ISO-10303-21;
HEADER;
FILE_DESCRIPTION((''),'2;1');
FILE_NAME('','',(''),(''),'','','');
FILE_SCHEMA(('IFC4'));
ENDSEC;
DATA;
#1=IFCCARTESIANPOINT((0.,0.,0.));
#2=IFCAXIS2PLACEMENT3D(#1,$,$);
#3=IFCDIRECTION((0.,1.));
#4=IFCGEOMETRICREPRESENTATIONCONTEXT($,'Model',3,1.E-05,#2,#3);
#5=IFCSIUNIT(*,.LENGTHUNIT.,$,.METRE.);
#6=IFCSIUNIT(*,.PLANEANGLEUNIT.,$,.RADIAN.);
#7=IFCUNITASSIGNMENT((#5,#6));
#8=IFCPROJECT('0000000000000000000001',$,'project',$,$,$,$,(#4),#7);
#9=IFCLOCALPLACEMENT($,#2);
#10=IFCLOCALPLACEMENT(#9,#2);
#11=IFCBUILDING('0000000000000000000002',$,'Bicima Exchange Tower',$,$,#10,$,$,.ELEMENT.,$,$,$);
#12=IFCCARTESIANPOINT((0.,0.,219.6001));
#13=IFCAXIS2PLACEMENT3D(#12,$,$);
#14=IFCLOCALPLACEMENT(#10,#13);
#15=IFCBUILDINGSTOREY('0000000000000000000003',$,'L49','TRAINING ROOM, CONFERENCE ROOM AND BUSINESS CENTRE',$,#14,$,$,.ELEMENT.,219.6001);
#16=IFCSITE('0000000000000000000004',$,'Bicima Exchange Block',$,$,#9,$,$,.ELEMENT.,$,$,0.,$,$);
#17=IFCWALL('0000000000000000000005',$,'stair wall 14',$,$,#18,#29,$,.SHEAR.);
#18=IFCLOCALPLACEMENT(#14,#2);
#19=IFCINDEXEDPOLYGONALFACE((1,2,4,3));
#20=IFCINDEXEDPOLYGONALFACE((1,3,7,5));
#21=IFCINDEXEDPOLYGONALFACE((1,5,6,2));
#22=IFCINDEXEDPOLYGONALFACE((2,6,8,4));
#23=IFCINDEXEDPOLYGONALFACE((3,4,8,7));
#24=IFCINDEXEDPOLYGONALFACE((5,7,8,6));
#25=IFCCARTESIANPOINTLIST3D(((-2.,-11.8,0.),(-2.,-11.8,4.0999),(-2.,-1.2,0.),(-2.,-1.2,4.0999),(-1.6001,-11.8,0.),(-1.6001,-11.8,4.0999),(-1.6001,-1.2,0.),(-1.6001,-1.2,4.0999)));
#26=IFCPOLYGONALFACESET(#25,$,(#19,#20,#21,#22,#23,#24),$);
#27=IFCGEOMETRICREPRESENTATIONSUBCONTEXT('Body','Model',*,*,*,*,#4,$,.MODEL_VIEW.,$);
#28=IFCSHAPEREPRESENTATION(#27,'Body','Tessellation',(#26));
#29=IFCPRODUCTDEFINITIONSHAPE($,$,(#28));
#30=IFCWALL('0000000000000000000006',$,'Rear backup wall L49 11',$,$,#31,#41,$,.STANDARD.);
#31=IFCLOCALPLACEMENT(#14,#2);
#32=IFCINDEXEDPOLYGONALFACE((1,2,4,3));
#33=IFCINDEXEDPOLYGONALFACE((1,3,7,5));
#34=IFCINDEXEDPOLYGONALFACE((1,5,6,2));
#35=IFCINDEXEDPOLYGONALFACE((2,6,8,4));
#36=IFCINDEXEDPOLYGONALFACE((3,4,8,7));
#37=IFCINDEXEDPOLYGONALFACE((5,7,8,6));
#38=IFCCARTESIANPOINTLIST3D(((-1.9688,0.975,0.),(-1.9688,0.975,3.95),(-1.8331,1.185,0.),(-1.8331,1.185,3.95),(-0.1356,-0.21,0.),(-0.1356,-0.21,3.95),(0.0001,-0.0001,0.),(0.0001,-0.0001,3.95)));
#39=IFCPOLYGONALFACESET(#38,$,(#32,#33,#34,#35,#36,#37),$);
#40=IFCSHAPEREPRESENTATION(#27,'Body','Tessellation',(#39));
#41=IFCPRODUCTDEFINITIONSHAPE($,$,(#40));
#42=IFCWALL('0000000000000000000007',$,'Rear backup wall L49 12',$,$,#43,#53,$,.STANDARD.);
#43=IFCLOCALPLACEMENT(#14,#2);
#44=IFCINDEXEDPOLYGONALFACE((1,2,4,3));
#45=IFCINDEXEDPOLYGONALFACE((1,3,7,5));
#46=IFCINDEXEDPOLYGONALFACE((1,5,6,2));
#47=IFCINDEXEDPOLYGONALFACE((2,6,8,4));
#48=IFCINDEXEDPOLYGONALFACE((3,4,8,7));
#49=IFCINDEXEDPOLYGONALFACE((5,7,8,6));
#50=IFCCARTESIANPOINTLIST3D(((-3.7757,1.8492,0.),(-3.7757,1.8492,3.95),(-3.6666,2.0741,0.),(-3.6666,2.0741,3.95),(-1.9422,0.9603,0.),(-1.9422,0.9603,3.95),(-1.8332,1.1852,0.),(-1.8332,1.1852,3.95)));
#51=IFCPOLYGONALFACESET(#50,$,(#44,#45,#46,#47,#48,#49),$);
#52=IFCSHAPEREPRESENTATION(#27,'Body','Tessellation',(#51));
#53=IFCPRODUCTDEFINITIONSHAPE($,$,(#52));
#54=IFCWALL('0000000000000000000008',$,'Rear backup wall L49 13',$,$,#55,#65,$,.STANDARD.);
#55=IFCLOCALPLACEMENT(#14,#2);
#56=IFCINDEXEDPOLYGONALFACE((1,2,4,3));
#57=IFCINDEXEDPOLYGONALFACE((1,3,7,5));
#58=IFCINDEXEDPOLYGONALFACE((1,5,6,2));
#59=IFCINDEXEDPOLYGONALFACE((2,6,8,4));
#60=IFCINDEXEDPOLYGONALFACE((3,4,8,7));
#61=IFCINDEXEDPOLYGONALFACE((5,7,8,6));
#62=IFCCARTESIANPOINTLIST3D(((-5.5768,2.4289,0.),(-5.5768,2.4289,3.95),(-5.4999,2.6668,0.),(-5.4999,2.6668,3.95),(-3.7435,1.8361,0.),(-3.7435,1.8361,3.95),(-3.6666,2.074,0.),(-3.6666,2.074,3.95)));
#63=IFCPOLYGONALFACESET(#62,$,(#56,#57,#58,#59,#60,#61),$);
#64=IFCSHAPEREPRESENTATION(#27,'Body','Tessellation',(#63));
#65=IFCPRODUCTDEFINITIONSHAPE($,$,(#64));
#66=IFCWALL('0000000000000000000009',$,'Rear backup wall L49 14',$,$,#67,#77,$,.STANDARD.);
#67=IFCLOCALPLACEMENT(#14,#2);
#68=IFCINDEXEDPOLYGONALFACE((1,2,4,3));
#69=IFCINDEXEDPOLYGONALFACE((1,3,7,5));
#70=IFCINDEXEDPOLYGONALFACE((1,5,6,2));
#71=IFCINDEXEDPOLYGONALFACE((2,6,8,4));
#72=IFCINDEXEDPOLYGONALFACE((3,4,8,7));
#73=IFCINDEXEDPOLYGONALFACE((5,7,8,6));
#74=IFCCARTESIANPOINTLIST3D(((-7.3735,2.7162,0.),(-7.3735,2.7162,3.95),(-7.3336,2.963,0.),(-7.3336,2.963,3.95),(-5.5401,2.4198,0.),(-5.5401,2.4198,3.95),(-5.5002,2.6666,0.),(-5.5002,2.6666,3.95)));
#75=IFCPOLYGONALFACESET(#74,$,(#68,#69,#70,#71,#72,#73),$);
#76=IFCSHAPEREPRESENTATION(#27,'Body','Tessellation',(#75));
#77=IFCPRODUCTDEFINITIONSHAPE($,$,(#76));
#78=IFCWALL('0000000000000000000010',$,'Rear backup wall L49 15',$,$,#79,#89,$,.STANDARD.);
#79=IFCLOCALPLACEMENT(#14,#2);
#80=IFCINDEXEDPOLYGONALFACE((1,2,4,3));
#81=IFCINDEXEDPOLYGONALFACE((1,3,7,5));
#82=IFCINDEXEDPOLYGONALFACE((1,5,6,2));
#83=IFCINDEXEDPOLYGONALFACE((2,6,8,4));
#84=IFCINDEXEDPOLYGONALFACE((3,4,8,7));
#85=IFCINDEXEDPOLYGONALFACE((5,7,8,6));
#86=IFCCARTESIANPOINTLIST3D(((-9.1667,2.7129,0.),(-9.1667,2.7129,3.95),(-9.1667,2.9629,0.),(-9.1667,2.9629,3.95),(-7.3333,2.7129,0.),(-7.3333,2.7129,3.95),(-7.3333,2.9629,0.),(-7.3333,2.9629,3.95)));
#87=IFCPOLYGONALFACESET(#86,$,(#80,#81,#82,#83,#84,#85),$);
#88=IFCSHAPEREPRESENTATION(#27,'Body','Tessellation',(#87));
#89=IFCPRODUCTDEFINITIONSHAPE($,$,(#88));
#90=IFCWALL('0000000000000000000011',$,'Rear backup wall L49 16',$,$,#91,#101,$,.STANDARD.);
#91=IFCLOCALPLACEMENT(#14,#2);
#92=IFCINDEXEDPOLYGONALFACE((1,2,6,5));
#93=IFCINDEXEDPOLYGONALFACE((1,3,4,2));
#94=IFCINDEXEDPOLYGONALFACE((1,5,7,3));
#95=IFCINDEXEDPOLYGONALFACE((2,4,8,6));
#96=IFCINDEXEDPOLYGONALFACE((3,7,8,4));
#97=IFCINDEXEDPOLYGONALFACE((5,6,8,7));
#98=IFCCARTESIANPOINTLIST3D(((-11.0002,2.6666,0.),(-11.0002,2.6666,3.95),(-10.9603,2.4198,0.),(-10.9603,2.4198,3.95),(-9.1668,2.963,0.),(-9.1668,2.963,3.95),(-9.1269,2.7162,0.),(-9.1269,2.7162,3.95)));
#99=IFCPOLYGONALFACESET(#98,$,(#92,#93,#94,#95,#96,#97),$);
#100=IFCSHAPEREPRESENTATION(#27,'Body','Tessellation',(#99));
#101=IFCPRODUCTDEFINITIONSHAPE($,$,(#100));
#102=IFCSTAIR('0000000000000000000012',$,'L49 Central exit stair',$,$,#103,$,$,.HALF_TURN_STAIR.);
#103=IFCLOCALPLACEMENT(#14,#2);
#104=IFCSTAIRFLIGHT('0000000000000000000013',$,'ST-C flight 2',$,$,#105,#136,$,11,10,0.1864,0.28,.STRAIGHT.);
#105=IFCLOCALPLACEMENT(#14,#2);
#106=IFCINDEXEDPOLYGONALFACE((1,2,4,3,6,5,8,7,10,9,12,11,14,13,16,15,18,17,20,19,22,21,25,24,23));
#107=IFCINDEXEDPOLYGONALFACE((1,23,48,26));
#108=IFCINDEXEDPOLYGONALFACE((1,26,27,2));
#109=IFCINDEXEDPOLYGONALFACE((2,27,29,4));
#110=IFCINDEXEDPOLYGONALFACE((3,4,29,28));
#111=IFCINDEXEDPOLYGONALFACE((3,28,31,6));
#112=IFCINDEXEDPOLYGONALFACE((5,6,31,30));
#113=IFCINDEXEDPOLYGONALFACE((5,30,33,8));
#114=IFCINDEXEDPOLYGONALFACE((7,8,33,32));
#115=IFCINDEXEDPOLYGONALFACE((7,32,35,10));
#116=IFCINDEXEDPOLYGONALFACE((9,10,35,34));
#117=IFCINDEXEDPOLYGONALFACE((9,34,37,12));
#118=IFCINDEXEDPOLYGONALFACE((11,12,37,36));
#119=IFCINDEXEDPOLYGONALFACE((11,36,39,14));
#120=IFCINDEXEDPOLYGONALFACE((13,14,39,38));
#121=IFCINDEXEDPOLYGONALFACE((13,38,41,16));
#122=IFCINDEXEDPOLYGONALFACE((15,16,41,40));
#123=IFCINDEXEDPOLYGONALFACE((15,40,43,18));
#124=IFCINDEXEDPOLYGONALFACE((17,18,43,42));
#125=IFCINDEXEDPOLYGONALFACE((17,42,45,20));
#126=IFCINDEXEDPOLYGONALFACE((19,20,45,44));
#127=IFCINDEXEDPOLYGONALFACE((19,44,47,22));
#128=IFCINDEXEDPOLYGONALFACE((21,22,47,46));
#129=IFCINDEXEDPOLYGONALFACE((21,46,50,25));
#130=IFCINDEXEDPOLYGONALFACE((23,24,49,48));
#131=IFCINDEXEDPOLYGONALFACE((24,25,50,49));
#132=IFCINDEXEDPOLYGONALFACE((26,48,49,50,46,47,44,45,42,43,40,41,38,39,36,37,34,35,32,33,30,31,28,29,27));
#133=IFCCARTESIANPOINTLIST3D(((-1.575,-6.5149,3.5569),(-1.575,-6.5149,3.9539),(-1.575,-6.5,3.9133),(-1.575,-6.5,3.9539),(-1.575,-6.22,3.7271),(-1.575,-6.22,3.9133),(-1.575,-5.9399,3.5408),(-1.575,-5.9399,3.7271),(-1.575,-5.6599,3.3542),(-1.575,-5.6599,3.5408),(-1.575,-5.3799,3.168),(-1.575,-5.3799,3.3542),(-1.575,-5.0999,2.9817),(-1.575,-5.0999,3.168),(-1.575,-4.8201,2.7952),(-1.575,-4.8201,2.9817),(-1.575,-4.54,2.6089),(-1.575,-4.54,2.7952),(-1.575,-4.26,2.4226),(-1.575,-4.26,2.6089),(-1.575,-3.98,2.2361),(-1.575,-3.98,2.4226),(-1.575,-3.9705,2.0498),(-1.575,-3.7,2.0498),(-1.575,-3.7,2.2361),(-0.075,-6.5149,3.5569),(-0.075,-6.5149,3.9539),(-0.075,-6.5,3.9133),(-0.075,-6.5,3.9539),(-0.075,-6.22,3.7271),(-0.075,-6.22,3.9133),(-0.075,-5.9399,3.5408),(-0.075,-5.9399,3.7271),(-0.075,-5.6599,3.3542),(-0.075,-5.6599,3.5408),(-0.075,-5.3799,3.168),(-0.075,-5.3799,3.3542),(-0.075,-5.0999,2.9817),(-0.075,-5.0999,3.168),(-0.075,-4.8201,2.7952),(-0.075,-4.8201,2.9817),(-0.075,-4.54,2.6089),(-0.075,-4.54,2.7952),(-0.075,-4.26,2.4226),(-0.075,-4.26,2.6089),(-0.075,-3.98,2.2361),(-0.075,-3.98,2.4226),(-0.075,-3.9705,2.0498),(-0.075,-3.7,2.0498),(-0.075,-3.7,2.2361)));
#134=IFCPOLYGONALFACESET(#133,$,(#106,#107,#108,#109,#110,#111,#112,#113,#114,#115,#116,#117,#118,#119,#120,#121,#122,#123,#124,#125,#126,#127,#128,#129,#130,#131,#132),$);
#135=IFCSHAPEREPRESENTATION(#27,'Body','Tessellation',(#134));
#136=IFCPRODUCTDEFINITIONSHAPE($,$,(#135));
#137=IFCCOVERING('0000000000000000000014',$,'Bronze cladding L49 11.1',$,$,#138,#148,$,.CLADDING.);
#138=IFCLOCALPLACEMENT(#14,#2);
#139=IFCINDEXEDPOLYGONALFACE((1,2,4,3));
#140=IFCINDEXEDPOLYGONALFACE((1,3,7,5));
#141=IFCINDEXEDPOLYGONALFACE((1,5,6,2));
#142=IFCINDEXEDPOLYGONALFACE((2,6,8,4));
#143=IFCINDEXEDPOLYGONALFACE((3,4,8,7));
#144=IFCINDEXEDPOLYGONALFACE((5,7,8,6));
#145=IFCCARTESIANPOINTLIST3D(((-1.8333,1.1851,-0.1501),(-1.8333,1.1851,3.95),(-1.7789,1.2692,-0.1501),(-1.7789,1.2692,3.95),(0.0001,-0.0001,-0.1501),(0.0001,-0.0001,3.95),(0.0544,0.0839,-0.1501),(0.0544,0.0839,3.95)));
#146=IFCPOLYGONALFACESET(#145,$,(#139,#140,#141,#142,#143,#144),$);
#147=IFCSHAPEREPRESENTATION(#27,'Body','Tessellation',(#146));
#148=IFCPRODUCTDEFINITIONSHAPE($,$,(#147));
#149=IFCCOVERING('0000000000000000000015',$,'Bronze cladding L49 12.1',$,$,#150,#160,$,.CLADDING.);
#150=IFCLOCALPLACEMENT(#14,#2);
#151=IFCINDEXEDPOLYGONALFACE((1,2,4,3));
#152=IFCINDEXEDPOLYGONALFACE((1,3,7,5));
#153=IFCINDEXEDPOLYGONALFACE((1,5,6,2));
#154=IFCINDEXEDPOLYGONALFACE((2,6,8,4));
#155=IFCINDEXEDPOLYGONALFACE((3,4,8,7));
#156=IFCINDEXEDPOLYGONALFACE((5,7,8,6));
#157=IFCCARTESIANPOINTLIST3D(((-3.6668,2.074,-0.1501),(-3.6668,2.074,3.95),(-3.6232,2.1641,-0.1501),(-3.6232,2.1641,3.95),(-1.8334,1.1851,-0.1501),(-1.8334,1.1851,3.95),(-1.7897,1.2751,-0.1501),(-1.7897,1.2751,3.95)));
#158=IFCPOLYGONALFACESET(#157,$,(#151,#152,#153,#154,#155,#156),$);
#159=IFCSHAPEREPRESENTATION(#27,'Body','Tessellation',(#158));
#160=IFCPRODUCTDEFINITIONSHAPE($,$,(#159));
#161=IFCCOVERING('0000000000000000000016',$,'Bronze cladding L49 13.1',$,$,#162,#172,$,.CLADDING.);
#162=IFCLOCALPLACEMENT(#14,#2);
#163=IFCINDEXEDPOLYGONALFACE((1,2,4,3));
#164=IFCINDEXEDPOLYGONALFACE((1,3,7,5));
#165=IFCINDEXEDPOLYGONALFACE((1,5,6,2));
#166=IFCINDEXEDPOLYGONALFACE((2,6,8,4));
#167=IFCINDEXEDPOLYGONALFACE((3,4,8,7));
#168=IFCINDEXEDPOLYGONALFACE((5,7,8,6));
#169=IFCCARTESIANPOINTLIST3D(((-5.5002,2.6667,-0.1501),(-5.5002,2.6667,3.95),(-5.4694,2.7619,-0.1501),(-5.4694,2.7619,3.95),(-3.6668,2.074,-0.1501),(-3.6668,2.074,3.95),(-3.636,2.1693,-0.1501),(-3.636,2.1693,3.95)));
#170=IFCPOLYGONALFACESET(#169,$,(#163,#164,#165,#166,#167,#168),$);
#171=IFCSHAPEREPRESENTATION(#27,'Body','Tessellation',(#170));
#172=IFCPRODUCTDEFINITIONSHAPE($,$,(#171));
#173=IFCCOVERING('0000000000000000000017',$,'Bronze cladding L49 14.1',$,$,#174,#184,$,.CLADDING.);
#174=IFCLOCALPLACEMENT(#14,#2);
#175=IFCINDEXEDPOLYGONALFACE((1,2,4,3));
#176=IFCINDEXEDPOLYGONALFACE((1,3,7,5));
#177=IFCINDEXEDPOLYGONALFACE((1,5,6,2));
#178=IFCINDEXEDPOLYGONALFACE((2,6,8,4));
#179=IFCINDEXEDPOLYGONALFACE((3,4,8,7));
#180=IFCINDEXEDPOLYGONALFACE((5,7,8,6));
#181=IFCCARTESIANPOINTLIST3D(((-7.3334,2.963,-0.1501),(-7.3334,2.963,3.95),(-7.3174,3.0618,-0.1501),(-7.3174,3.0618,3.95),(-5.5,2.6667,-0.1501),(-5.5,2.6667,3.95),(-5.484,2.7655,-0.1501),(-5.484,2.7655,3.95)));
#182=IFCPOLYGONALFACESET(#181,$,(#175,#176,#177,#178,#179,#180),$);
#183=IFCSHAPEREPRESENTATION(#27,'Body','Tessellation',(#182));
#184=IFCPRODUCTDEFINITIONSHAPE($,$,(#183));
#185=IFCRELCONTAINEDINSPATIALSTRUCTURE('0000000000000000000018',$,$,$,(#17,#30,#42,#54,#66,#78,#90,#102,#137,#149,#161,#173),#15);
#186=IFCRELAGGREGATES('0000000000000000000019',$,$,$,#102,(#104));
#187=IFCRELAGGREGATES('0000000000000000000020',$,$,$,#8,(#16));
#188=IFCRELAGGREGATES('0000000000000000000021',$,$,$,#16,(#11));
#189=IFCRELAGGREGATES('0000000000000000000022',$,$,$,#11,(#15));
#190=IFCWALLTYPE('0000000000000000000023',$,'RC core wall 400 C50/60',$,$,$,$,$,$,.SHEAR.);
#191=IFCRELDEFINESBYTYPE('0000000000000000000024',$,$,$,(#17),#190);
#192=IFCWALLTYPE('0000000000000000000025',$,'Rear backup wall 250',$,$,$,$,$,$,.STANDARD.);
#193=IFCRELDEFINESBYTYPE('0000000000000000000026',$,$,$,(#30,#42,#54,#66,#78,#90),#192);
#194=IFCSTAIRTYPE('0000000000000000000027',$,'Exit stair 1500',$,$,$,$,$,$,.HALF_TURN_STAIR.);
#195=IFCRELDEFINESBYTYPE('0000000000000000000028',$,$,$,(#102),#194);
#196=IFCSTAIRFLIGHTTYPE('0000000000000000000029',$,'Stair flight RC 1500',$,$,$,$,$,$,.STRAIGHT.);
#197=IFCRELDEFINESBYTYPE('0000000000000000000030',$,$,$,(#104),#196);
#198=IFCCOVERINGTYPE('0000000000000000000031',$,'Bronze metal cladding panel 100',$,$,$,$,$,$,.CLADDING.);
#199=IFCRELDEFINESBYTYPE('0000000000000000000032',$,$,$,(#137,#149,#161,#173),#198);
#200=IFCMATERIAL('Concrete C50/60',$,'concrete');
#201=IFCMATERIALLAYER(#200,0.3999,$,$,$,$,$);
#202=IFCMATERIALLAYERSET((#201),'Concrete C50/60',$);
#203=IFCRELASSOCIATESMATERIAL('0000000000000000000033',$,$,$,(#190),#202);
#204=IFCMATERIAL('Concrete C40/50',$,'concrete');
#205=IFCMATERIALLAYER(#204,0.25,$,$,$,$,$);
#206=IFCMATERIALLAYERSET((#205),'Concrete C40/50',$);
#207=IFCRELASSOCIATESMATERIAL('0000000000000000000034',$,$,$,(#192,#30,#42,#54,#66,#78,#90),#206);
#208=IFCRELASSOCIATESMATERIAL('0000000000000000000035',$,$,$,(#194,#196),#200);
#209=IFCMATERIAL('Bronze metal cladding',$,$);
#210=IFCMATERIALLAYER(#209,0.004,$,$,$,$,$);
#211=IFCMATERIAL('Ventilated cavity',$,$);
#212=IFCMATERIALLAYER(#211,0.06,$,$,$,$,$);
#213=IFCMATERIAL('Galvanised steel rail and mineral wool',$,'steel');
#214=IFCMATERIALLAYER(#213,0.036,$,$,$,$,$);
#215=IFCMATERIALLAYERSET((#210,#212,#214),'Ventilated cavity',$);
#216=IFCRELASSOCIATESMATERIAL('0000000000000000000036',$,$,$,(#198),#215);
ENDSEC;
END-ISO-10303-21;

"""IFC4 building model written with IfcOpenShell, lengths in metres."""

from ifc_helpers import new_model, si_unit, direction, frame, frame_2d, origin, origin_2d, place, context, subcontext, project, spatial, polyline, rectangle, outline, extrude, material, layer, layer_set, layer_usage, type_object, element, aggregate, save


model = new_model("IFC4")

# Units and contexts
model_context = context("Model", 3, precision=1e-05, world=origin(), true_north=direction((0.0, 1.0)))
body_context = subcontext(model_context, "Body", "Model", "MODEL_VIEW")
ifc_project = project(units=[si_unit("LENGTHUNIT", "METRE"), si_unit("PLANEANGLEUNIT", "RADIAN")], contexts=[model_context])

# Site, building, storey
site_placement = place(None, origin())
site = spatial("IfcSite", under=ifc_project, at=site_placement, Name="Bicima Exchange Block", CompositionType="ELEMENT", RefElevation=0.0)
building_placement = place(site_placement, origin())
building = spatial("IfcBuilding", under=site, at=building_placement, Name="Bicima Exchange Tower", CompositionType="ELEMENT")
storey_placement = place(building_placement, frame((0.0, 0.0, 219.6001)))
storey = spatial("IfcBuildingStorey", under=building, at=storey_placement, Name="L49", Description="TRAINING ROOM, CONFERENCE ROOM AND BUSINESS CENTRE", CompositionType="ELEMENT", Elevation=219.6001)

# Shared definitions
ifc_material_1 = material(Name="Concrete C50/60", Category="concrete")
ifc_layer_1 = layer(ifc_material_1, 0.3999)
ifc_layer_set_1 = layer_set([ifc_layer_1], Name="Concrete C50/60")
wall_type_1 = type_object("IfcWallType", Name="RC core wall 400 C50/60", PredefinedType="SHEAR", material=ifc_layer_set_1)

# Walls
wall_1_placement = place(storey_placement, frame((-1.8, -11.8, 0.0), z_axis=(0.0, 0.0, 1.0), x_axis=(0.0, 1.0, 0.0)))
element("IfcWall", 1, at=wall_1_placement, inside=storey, type_object=wall_type_1, Name="stair wall 14", PredefinedType="SHEAR", context=body_context, shape_type="SweptSolid", body=[
    extrude(rectangle(XDim=10.6001, YDim=0.3999, at=frame_2d((5.3, 0.0))), origin(), (0.0, 0.0, 1.0), 4.0999),
])
ifc_material_2 = material(Name="Concrete C40/50", Category="concrete")
ifc_layer_2 = layer(ifc_material_2, 0.25)
ifc_layer_set_2 = layer_set([ifc_layer_2], Name="Concrete C40/50")
ifc_layer_usage = layer_usage(ifc_layer_set_2, "AXIS2", "POSITIVE", -0.125)
wall_type_2 = type_object("IfcWallType", Name="Rear backup wall 250", PredefinedType="STANDARD", material=ifc_layer_set_2)
wall_2_placement = place(storey_placement, frame((-0.0679, -0.105, 0.0), z_axis=(0.0, 0.0, 1.0), x_axis=(-0.839813, 0.542876, 0.0)))
element("IfcWall", 2, at=wall_2_placement, inside=storey, type_object=wall_type_2, material=ifc_layer_usage, Name="Rear backup wall L49 11", PredefinedType="STANDARD", context=body_context, shape_type="SweptSolid", body=[
    extrude(rectangle(XDim=2.1829, YDim=0.25, at=frame_2d((1.0913, 0.0))), origin(), (0.0, 0.0, 1.0), 3.95),
])
wall_3_placement = place(storey_placement, frame((-1.8877, 1.0728, 0.0), z_axis=(0.0, 0.0, 1.0), x_axis=(-0.899824, 0.436253, 0.0)))
element("IfcWall", 3, at=wall_3_placement, inside=storey, type_object=wall_type_2, material=ifc_layer_usage, Name="Rear backup wall L49 12", PredefinedType="STANDARD", context=body_context, shape_type="SweptSolid", body=[
    extrude(rectangle(XDim=2.0376, YDim=0.25, at=frame_2d((1.0188, 0.0))), origin(), (0.0, 0.0, 1.0), 3.95),
])
wall_4_placement = place(storey_placement, frame((-3.7051, 1.9551, 0.0), z_axis=(0.0, 0.0, 1.0), x_axis=(-0.951496, 0.307662, 0.0)))
element("IfcWall", 4, at=wall_4_placement, inside=storey, type_object=wall_type_2, material=ifc_layer_usage, Name="Rear backup wall L49 13", PredefinedType="STANDARD", context=body_context, shape_type="SweptSolid", body=[
    extrude(rectangle(XDim=1.9268, YDim=0.25, at=frame_2d((0.9634, 0.0))), origin(), (0.0, 0.0, 1.0), 3.95),
])
wall_5_placement = place(storey_placement, frame((-5.52, 2.5432, 0.0), z_axis=(0.0, 0.0, 1.0), x_axis=(-0.987182, 0.1596, 0.0)))
element("IfcWall", 5, at=wall_5_placement, inside=storey, type_object=wall_type_2, material=ifc_layer_usage, Name="Rear backup wall L49 14", PredefinedType="STANDARD", context=body_context, shape_type="SweptSolid", body=[
    extrude(rectangle(XDim=1.8572, YDim=0.25, at=frame_2d((0.9287, 0.0))), origin(), (0.0, 0.0, 1.0), 3.95),
])
wall_6_placement = place(storey_placement, frame((-7.3333, 2.8379, 0.0), z_axis=(0.0, 0.0, 1.0), x_axis=(-1.0, 0.0, 0.0)))
element("IfcWall", 6, at=wall_6_placement, inside=storey, type_object=wall_type_2, material=ifc_layer_usage, Name="Rear backup wall L49 15", PredefinedType="STANDARD", context=body_context, shape_type="SweptSolid", body=[
    extrude(rectangle(XDim=1.8335, YDim=0.25, at=frame_2d((0.9167, 0.0))), origin(), (0.0, 0.0, 1.0), 3.95),
])
wall_7_placement = place(storey_placement, frame((-9.1467, 2.8396, 0.0), z_axis=(0.0, 0.0, 1.0), x_axis=(-0.987182, -0.1596, 0.0)))
element("IfcWall", 7, at=wall_7_placement, inside=storey, type_object=wall_type_2, material=ifc_layer_usage, Name="Rear backup wall L49 16", PredefinedType="STANDARD", context=body_context, shape_type="SweptSolid", body=[
    extrude(rectangle(XDim=1.8572, YDim=0.25, at=frame_2d((0.9287, 0.0))), origin(), (0.0, 0.0, 1.0), 3.95),
])

# Stair, stair flight
stair_type = type_object("IfcStairType", Name="Exit stair 1500", PredefinedType="HALF_TURN_STAIR", material=ifc_material_1)
stair_placement = place(storey_placement, origin())
stair = element("IfcStair", 8, at=stair_placement, inside=storey, type_object=stair_type, Name="L49 Central exit stair", PredefinedType="HALF_TURN_STAIR")
stair_flight_type = type_object("IfcStairFlightType", Name="Stair flight RC 1500", PredefinedType="STRAIGHT", material=ifc_material_1)
stair_flight_placement = place(storey_placement, frame((-0.825, -3.7, 2.0498), z_axis=(0.0, 0.0, 1.0), x_axis=(0.0, -1.0, 0.0)))
stair_flight = element("IfcStairFlight", 9, at=stair_flight_placement, type_object=stair_flight_type, Name="ST-C flight 2", NumberOfRisers=11, NumberOfTreads=10, PredefinedType="STRAIGHT", RiserHeight=0.1864, TreadLength=0.28, context=body_context, shape_type="SweptSolid", body=[
    extrude(outline(polyline([(0.0, 0.0), (0.0, 0.1863), (0.28, 0.1863), (0.28, 0.3728), (0.5601, 0.3728), (0.5601, 0.5591), (0.8401, 0.5591), (0.8401, 0.7454), (1.1201, 0.7454), (1.1201, 0.9319), (1.3999, 0.9319), (1.3999, 1.1182), (1.6799, 1.1182), (1.6799, 1.3044), (1.96, 1.3044), (1.96, 1.491), (2.24, 1.491), (2.24, 1.6772), (2.52, 1.6772), (2.52, 1.8635), (2.8, 1.8635), (2.8, 1.9041), (2.8149, 1.9041), (2.8149, 1.5071), (0.2705, 0.0), (0.0, 0.0)])), frame((0.0, 0.75, 0.0), z_axis=(0.0, -1.0, 0.0), x_axis=(1.0, 0.0, 0.0)), (0.0, 0.0, 1.0), 1.5),
])
aggregate(stair, [stair_flight])

# Coverings
ifc_material_3 = material(Name="Bronze metal cladding")
ifc_layer_3 = layer(ifc_material_3, 0.004)
ifc_material_4 = material(Name="Ventilated cavity")
ifc_layer_4 = layer(ifc_material_4, 0.06)
ifc_material_5 = material(Name="Galvanised steel rail and mineral wool", Category="steel")
ifc_layer_5 = layer(ifc_material_5, 0.036)
ifc_layer_set_3 = layer_set([ifc_layer_3, ifc_layer_4, ifc_layer_5], Name="Ventilated cavity")
covering_type = type_object("IfcCoveringType", Name="Bronze metal cladding panel 100", PredefinedType="CLADDING", material=ifc_layer_set_3)
covering_1_placement = place(storey_placement, frame((-0.8894, 0.6345, -0.1501), z_axis=(0.0, 0.0, 1.0), x_axis=(-0.83979, 0.542911, 0.0)))
element("IfcCovering", 10, at=covering_1_placement, inside=storey, type_object=covering_type, Name="Bronze cladding L49 11.1", PredefinedType="CLADDING", context=body_context, shape_type="SweptSolid", body=[
    extrude(rectangle(XDim=2.1831, YDim=0.1001, at=origin_2d()), origin(), (0.0, 0.0, 1.0), 4.1001),
])
covering_2_placement = place(storey_placement, frame((-2.7283, 1.6746, -0.1501), z_axis=(0.0, 0.0, 1.0), x_axis=(-0.899818, 0.436265, 0.0)))
element("IfcCovering", 11, at=covering_2_placement, inside=storey, type_object=covering_type, Name="Bronze cladding L49 12.1", PredefinedType="CLADDING", context=body_context, shape_type="SweptSolid", body=[
    extrude(rectangle(XDim=2.0376, YDim=0.1001, at=origin_2d()), origin(), (0.0, 0.0, 1.0), 4.1001),
])
covering_3_placement = place(storey_placement, frame((-4.5681, 2.418, -0.1501), z_axis=(0.0, 0.0, 1.0), x_axis=(-0.951525, 0.307573, 0.0)))
element("IfcCovering", 12, at=covering_3_placement, inside=storey, type_object=covering_type, Name="Bronze cladding L49 13.1", PredefinedType="CLADDING", context=body_context, shape_type="SweptSolid", body=[
    extrude(rectangle(XDim=1.9268, YDim=0.1001, at=origin_2d()), origin(), (0.0, 0.0, 1.0), 4.1001),
])
covering_4_placement = place(storey_placement, frame((-6.4087, 2.8643, -0.1501), z_axis=(0.0, 0.0, 1.0), x_axis=(-0.98719, 0.15955, 0.0)))
element("IfcCovering", 13, at=covering_4_placement, inside=storey, type_object=covering_type, Name="Bronze cladding L49 14.1", PredefinedType="CLADDING", context=body_context, shape_type="SweptSolid", body=[
    extrude(rectangle(XDim=1.8572, YDim=0.1001, at=origin_2d()), origin(), (0.0, 0.0, 1.0), 4.1001),
])

save(model, "model.ifc")
